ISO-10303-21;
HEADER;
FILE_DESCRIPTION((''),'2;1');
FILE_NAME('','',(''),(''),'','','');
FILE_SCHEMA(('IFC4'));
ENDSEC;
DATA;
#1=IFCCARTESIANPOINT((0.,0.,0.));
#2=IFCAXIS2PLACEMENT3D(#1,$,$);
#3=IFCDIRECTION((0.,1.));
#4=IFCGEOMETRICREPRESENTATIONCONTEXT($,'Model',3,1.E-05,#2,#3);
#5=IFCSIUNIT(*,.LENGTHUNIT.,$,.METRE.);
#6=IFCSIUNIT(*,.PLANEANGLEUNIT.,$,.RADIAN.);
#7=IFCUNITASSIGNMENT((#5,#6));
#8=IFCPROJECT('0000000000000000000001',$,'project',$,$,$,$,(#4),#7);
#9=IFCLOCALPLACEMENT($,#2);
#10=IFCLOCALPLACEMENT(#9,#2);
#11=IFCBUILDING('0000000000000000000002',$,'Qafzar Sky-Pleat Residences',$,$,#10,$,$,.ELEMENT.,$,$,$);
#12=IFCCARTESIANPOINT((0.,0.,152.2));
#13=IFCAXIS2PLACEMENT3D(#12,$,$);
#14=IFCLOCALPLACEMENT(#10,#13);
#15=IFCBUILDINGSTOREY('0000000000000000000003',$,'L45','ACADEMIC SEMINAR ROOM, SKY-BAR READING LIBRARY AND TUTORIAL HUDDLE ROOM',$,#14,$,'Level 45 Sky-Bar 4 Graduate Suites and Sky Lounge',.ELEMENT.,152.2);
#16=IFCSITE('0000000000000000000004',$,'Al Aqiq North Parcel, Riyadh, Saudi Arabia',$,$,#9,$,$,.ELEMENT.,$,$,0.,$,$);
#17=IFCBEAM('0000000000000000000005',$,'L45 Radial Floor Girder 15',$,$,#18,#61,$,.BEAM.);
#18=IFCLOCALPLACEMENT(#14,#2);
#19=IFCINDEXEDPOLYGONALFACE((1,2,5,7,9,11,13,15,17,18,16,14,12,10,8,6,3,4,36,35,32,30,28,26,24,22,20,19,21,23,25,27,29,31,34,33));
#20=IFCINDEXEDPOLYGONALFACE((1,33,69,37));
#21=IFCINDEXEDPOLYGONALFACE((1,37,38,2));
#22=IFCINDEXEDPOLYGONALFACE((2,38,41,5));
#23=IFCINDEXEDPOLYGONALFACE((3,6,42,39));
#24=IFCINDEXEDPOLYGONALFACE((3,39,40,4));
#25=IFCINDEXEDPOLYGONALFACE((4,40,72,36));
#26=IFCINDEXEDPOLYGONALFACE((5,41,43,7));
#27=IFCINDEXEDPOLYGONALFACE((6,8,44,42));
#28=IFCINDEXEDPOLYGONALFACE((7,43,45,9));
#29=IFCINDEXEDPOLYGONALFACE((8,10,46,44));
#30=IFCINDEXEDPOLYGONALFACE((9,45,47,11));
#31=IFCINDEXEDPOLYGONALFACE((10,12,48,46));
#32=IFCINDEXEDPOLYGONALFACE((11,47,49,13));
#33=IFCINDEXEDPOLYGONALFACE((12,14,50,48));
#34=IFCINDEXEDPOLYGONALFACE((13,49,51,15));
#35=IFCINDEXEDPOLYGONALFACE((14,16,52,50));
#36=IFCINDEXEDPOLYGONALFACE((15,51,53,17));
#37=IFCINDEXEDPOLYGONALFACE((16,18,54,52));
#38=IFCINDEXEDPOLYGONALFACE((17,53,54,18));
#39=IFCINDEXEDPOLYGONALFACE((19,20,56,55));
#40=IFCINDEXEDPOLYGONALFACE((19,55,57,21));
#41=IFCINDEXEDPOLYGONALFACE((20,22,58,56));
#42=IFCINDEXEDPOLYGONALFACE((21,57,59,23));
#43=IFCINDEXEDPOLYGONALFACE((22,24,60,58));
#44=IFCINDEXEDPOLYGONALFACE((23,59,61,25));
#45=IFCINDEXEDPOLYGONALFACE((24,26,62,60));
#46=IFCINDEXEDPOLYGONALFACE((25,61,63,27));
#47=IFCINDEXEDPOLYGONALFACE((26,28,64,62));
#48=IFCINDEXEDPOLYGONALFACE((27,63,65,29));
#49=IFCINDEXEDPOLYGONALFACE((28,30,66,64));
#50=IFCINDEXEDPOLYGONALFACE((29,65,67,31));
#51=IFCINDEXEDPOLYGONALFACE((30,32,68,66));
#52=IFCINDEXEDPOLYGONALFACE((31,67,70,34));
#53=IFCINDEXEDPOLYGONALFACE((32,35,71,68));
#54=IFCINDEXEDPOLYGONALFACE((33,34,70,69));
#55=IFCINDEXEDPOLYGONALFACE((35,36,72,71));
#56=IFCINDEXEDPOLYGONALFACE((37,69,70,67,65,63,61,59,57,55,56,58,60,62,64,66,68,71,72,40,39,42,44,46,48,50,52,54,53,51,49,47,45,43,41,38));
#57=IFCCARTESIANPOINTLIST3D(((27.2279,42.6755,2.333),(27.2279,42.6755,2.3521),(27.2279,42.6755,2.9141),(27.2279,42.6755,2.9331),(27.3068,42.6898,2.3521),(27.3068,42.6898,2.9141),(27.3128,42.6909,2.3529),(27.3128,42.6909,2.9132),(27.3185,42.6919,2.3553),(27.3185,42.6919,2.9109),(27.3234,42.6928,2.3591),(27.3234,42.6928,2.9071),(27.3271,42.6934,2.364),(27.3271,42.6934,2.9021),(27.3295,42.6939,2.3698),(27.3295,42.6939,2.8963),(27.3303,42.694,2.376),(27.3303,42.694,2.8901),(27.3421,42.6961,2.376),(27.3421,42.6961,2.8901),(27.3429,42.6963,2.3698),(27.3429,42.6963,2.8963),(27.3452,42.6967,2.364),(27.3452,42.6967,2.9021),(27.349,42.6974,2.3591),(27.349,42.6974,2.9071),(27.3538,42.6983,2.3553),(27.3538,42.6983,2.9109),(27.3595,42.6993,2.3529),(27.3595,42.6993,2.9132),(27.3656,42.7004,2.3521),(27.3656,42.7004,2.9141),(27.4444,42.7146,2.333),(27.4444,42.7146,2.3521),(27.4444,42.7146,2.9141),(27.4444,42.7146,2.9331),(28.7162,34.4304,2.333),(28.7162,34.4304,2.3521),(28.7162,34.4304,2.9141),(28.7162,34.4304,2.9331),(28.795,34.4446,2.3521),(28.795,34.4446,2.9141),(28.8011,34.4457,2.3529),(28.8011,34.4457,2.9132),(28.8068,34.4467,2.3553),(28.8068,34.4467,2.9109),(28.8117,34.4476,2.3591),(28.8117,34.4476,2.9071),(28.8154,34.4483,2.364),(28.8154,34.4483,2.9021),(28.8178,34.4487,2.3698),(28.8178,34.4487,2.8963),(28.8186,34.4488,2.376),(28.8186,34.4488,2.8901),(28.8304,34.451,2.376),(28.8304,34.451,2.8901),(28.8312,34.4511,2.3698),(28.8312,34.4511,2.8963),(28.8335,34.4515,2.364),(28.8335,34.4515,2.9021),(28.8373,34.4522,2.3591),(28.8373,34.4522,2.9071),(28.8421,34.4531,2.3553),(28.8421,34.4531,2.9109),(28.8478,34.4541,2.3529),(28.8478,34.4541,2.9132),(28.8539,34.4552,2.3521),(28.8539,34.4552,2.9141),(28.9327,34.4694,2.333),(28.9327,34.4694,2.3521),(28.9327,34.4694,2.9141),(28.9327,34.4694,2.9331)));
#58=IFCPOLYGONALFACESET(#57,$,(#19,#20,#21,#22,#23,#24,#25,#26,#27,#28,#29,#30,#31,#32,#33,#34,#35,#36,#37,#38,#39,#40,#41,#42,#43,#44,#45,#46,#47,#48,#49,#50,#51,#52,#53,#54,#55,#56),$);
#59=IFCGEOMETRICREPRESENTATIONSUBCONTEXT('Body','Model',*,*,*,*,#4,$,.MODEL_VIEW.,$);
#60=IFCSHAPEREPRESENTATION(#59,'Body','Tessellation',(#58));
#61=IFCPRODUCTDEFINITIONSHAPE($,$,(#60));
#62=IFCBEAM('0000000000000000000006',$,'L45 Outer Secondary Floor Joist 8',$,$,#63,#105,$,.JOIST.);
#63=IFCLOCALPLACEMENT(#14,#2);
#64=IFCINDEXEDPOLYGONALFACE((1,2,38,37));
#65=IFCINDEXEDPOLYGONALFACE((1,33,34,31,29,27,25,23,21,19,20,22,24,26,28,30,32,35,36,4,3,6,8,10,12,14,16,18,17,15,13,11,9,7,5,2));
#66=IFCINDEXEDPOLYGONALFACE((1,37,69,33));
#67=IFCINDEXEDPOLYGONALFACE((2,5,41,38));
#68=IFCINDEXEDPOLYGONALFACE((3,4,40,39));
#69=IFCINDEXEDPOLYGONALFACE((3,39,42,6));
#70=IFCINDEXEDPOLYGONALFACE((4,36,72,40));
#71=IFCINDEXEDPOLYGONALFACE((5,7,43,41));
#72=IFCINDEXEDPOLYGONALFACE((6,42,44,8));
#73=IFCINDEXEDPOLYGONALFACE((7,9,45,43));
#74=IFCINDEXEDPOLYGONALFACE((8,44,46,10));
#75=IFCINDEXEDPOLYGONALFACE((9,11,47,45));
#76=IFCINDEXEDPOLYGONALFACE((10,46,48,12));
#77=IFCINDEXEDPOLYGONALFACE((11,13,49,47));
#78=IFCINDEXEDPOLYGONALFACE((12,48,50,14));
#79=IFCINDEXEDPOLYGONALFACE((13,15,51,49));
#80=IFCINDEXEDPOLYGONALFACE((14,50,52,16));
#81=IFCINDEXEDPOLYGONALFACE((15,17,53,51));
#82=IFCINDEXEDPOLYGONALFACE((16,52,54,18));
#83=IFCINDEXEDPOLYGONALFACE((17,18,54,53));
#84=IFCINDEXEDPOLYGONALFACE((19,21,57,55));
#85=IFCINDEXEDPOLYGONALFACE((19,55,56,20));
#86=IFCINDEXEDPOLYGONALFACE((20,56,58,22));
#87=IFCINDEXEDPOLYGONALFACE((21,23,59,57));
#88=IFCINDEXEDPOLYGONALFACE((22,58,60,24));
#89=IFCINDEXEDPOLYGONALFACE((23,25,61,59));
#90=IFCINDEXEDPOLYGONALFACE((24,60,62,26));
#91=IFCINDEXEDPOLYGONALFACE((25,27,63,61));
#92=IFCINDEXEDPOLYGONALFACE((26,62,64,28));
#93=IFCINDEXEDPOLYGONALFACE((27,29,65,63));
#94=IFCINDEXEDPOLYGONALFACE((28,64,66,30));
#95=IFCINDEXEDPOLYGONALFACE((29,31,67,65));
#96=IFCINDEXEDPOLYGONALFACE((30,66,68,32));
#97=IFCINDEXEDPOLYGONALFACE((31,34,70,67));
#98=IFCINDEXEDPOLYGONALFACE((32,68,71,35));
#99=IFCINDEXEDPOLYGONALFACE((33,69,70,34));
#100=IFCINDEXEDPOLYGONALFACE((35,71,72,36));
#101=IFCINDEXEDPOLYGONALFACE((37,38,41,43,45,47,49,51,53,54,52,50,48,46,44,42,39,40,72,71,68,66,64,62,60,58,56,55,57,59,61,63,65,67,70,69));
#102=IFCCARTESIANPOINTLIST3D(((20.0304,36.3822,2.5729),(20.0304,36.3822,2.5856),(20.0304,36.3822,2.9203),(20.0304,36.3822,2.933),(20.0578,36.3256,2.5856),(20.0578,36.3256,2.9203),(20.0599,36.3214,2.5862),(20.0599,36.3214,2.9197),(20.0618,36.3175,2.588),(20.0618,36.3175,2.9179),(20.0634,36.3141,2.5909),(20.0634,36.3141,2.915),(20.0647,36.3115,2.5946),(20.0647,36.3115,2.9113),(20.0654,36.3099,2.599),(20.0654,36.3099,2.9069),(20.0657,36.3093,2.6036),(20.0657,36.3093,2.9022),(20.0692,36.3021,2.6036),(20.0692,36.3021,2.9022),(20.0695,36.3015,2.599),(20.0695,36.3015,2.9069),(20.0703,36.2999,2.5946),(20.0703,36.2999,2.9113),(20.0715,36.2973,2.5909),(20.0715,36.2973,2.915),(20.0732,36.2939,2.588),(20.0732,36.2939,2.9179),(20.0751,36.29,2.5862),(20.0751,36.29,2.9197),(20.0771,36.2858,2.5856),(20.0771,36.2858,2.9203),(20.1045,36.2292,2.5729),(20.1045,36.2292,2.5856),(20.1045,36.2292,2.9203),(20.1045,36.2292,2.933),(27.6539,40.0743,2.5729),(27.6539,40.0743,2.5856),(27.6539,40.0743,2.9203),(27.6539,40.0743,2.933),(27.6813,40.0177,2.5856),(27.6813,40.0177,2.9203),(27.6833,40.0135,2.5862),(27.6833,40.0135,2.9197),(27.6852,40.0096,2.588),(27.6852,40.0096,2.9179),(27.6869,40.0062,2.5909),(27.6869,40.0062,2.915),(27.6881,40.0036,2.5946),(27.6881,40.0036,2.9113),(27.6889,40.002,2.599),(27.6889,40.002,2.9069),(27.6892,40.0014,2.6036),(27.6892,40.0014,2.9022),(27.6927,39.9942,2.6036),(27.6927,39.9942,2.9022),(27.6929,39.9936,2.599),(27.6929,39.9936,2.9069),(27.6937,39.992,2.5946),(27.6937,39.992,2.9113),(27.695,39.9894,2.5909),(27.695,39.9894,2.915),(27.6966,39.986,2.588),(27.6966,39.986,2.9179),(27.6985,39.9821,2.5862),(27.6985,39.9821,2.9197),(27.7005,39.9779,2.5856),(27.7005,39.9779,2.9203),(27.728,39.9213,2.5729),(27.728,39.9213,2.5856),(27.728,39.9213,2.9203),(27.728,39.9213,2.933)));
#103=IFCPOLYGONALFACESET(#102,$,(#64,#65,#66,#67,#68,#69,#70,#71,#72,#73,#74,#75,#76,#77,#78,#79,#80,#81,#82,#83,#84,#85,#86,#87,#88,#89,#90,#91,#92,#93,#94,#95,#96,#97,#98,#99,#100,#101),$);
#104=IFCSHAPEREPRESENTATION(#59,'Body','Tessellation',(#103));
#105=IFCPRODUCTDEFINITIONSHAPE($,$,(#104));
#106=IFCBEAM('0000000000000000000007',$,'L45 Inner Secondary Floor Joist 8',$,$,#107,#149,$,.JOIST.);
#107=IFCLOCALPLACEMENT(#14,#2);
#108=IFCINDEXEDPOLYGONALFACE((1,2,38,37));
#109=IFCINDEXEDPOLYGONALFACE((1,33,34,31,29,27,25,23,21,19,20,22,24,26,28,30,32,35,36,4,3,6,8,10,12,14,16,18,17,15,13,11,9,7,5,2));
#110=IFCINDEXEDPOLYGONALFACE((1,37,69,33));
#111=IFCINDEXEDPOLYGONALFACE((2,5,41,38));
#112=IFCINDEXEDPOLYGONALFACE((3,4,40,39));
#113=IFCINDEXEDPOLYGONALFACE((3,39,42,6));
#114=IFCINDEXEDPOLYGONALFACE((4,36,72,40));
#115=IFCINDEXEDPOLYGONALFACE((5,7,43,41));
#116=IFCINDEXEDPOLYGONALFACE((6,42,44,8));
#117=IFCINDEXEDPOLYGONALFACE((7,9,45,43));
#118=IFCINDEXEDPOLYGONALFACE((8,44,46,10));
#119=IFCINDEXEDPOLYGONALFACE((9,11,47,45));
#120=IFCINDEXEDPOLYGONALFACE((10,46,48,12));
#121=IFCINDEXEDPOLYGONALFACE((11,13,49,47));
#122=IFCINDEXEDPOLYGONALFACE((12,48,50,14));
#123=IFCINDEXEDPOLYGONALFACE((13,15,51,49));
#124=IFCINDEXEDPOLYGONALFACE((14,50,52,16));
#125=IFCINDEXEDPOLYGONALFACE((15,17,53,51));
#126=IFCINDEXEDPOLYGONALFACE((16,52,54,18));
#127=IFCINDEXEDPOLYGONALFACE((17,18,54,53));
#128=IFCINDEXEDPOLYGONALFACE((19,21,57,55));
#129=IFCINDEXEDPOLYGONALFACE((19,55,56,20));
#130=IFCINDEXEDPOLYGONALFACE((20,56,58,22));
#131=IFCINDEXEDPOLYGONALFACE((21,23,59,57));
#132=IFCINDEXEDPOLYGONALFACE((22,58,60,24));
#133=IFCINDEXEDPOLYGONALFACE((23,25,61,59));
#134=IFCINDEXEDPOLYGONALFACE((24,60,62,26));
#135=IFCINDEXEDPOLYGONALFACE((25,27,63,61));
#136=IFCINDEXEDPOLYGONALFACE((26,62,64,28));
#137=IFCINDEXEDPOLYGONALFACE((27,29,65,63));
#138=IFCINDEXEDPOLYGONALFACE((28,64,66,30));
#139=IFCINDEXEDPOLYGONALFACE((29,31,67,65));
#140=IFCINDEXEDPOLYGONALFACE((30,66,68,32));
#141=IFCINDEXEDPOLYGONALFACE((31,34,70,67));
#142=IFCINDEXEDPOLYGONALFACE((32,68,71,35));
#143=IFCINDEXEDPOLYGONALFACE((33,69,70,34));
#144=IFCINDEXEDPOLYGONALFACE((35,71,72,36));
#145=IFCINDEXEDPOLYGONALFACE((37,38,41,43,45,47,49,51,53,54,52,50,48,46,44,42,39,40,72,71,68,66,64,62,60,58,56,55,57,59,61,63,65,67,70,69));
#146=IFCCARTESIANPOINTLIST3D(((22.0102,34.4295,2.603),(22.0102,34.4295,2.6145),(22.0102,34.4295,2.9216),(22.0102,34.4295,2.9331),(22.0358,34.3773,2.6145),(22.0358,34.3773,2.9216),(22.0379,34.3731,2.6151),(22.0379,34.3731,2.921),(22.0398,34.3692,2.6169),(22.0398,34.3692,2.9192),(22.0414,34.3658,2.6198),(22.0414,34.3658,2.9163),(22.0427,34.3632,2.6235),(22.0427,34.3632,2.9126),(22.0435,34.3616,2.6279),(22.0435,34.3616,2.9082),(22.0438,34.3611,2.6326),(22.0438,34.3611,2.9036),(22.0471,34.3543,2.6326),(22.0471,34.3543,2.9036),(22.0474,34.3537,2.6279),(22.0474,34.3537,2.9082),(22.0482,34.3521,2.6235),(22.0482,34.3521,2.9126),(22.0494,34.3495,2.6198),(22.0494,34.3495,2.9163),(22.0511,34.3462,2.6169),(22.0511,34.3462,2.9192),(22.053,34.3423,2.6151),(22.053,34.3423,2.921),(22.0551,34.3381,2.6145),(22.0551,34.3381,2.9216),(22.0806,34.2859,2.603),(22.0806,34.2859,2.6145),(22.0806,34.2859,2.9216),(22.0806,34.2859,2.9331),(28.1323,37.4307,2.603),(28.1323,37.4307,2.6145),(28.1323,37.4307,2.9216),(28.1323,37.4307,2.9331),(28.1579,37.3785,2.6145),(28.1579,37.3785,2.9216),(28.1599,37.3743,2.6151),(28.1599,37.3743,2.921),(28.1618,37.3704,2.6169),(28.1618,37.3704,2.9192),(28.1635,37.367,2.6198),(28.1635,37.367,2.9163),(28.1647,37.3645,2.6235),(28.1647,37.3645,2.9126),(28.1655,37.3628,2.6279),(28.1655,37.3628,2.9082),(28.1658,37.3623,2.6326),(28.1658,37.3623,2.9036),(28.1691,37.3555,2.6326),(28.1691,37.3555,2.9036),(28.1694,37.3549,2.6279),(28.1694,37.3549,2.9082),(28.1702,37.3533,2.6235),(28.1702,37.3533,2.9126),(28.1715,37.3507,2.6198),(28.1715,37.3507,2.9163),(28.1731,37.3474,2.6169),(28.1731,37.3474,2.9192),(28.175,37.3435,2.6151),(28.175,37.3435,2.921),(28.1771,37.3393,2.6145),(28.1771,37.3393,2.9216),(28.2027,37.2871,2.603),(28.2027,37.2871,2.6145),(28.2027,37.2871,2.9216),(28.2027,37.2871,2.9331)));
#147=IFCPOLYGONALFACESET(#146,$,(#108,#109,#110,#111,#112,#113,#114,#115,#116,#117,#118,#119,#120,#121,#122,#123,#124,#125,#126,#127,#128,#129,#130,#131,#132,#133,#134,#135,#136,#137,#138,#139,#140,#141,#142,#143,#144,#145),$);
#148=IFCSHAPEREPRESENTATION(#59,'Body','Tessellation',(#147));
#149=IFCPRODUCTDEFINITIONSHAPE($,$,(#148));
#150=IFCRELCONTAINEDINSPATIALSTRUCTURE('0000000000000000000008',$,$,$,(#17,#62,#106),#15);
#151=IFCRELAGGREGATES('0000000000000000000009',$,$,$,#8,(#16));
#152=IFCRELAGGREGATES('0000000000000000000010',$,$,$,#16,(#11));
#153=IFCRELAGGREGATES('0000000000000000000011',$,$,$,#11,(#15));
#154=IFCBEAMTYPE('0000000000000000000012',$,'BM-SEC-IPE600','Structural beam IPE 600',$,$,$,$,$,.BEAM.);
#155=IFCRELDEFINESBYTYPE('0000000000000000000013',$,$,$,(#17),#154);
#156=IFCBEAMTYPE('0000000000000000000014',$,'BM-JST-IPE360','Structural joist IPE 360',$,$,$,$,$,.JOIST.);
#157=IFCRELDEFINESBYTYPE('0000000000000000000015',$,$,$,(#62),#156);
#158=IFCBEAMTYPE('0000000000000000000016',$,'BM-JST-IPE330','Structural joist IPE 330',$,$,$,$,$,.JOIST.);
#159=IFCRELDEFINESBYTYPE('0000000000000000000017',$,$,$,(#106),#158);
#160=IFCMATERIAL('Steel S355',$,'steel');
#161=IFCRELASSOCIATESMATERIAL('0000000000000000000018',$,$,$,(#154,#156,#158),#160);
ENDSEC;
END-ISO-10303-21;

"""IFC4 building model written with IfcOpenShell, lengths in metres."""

from ifc_helpers import new_model, si_unit, direction, frame, origin, origin_2d, place, context, subcontext, project, spatial, i_section, extrude, source, transform, mapped, material, material_profile, profile_set, type_object, element, save


model = new_model("IFC4")

# Units and contexts
model_context = context("Model", 3, precision=1e-05, world=origin(), true_north=direction((0.0, 1.0)))
body_context = subcontext(model_context, "Body", "Model", "MODEL_VIEW")
ifc_project = project(units=[si_unit("LENGTHUNIT", "METRE"), si_unit("PLANEANGLEUNIT", "RADIAN")], contexts=[model_context])

# Site, building, storey
site_placement = place(None, origin())
site = spatial("IfcSite", under=ifc_project, at=site_placement, Name="Al Aqiq North Parcel, Riyadh, Saudi Arabia", CompositionType="ELEMENT", RefElevation=0.0)
building_placement = place(site_placement, origin())
building = spatial("IfcBuilding", under=site, at=building_placement, Name="Qafzar Sky-Pleat Residences", CompositionType="ELEMENT")
storey_placement = place(building_placement, frame((0.0, 0.0, 152.2)))
storey = spatial("IfcBuildingStorey", under=building, at=storey_placement, Name="L45", Description="ACADEMIC SEMINAR ROOM, SKY-BAR READING LIBRARY AND TUTORIAL HUDDLE ROOM", LongName="Level 45 Sky-Bar 4 Graduate Suites and Sky Lounge", CompositionType="ELEMENT", Elevation=152.2)

# Shared definitions
ifc_material_1 = material(Name="Steel S355", Category="steel")

# Beams
ifc_material_profile_1 = material_profile(ifc_material_1, i_section(OverallWidth=0.22, OverallDepth=0.6001, WebThickness=0.012, FlangeThickness=0.019, FilletRadius=0.0239, at=origin_2d()), Name="IPE 600")
ifc_profile_set_1 = profile_set([ifc_material_profile_1], Name="Steel S355")
beam_type_1 = type_object("IfcBeamType", Name="BM-SEC-IPE600", Description="Structural beam IPE 600", PredefinedType="BEAM", material=ifc_profile_set_1)
shared_shape_1 = source(origin(), body_context, "Body", "SweptSolid", [
    extrude(i_section(OverallWidth=0.22, OverallDepth=0.6001, WebThickness=0.012, FlangeThickness=0.019, FilletRadius=0.0239, at=origin_2d()), origin(), (0.0, 0.0, 1.0), 8.3784),
])
beam_1_placement = place(storey_placement, frame((27.3362, 42.6951, 2.6331), z_axis=(0.177634, -0.984097, 0.0), x_axis=(0.984097, 0.177634, 0.0)))
element("IfcBeam", 1, at=beam_1_placement, inside=storey, type_object=beam_type_1, Name="L45 Radial Floor Girder 15", PredefinedType="BEAM", context=body_context, shape_type="MappedRepresentation", body=[
    mapped(shared_shape_1, transform((0.0, 0.0, 0.0), x_axis=(1.0, 0.0, 0.0), y_axis=(0.0, 1.0, 0.0), z_axis=(0.0, 0.0, 1.0), scale=1.0)),
])
ifc_material_profile_2 = material_profile(ifc_material_1, i_section(OverallWidth=0.1699, OverallDepth=0.3601, WebThickness=0.0081, FlangeThickness=0.0127, FilletRadius=0.0181, at=origin_2d()), Name="IPE 360")
ifc_profile_set_2 = profile_set([ifc_material_profile_2], Name="Steel S355")
beam_type_2 = type_object("IfcBeamType", Name="BM-JST-IPE360", Description="Structural joist IPE 360", PredefinedType="JOIST", material=ifc_profile_set_2)
shared_shape_2 = source(origin(), body_context, "Body", "SweptSolid", [
    extrude(i_section(OverallWidth=0.1699, OverallDepth=0.3601, WebThickness=0.0081, FlangeThickness=0.0127, FilletRadius=0.0181, at=origin_2d()), origin(), (0.0, 0.0, 1.0), 8.4705),
])
beam_2_placement = place(storey_placement, frame((27.6909, 39.9978, 2.7529), z_axis=(-0.900005, -0.43588, 0.0), x_axis=(0.43588, -0.900005, 0.0)))
element("IfcBeam", 2, at=beam_2_placement, inside=storey, type_object=beam_type_2, Name="L45 Outer Secondary Floor Joist 8", PredefinedType="JOIST", context=body_context, shape_type="MappedRepresentation", body=[
    mapped(shared_shape_2, transform((0.0, 0.0, 0.0), x_axis=(1.0, 0.0, 0.0), y_axis=(0.0, 1.0, 0.0), z_axis=(0.0, 0.0, 1.0), scale=1.0)),
])
ifc_material_profile_3 = material_profile(ifc_material_1, i_section(OverallWidth=0.1599, OverallDepth=0.3301, WebThickness=0.0076, FlangeThickness=0.0115, FilletRadius=0.0181, at=origin_2d()), Name="IPE 330")
ifc_profile_set_3 = profile_set([ifc_material_profile_3], Name="Steel S355")
beam_type_3 = type_object("IfcBeamType", Name="BM-JST-IPE330", Description="Structural joist IPE 330", PredefinedType="JOIST", material=ifc_profile_set_3)
shared_shape_3 = source(origin(), body_context, "Body", "SweptSolid", [
    extrude(i_section(OverallWidth=0.1599, OverallDepth=0.3301, WebThickness=0.0076, FlangeThickness=0.0115, FilletRadius=0.0181, at=origin_2d()), origin(), (0.0, 0.0, 1.0), 6.8181),
])
beam_3_placement = place(storey_placement, frame((28.1675, 37.3589, 2.7681), z_axis=(-0.897909, -0.440182, 0.0), x_axis=(0.440182, -0.897909, 0.0)))
element("IfcBeam", 3, at=beam_3_placement, inside=storey, type_object=beam_type_3, Name="L45 Inner Secondary Floor Joist 8", PredefinedType="JOIST", context=body_context, shape_type="MappedRepresentation", body=[
    mapped(shared_shape_3, transform((0.0, 0.0, 0.0), x_axis=(1.0, 0.0, 0.0), y_axis=(0.0, 1.0, 0.0), z_axis=(0.0, 0.0, 1.0), scale=1.0)),
])

save(model, "model.ifc")
